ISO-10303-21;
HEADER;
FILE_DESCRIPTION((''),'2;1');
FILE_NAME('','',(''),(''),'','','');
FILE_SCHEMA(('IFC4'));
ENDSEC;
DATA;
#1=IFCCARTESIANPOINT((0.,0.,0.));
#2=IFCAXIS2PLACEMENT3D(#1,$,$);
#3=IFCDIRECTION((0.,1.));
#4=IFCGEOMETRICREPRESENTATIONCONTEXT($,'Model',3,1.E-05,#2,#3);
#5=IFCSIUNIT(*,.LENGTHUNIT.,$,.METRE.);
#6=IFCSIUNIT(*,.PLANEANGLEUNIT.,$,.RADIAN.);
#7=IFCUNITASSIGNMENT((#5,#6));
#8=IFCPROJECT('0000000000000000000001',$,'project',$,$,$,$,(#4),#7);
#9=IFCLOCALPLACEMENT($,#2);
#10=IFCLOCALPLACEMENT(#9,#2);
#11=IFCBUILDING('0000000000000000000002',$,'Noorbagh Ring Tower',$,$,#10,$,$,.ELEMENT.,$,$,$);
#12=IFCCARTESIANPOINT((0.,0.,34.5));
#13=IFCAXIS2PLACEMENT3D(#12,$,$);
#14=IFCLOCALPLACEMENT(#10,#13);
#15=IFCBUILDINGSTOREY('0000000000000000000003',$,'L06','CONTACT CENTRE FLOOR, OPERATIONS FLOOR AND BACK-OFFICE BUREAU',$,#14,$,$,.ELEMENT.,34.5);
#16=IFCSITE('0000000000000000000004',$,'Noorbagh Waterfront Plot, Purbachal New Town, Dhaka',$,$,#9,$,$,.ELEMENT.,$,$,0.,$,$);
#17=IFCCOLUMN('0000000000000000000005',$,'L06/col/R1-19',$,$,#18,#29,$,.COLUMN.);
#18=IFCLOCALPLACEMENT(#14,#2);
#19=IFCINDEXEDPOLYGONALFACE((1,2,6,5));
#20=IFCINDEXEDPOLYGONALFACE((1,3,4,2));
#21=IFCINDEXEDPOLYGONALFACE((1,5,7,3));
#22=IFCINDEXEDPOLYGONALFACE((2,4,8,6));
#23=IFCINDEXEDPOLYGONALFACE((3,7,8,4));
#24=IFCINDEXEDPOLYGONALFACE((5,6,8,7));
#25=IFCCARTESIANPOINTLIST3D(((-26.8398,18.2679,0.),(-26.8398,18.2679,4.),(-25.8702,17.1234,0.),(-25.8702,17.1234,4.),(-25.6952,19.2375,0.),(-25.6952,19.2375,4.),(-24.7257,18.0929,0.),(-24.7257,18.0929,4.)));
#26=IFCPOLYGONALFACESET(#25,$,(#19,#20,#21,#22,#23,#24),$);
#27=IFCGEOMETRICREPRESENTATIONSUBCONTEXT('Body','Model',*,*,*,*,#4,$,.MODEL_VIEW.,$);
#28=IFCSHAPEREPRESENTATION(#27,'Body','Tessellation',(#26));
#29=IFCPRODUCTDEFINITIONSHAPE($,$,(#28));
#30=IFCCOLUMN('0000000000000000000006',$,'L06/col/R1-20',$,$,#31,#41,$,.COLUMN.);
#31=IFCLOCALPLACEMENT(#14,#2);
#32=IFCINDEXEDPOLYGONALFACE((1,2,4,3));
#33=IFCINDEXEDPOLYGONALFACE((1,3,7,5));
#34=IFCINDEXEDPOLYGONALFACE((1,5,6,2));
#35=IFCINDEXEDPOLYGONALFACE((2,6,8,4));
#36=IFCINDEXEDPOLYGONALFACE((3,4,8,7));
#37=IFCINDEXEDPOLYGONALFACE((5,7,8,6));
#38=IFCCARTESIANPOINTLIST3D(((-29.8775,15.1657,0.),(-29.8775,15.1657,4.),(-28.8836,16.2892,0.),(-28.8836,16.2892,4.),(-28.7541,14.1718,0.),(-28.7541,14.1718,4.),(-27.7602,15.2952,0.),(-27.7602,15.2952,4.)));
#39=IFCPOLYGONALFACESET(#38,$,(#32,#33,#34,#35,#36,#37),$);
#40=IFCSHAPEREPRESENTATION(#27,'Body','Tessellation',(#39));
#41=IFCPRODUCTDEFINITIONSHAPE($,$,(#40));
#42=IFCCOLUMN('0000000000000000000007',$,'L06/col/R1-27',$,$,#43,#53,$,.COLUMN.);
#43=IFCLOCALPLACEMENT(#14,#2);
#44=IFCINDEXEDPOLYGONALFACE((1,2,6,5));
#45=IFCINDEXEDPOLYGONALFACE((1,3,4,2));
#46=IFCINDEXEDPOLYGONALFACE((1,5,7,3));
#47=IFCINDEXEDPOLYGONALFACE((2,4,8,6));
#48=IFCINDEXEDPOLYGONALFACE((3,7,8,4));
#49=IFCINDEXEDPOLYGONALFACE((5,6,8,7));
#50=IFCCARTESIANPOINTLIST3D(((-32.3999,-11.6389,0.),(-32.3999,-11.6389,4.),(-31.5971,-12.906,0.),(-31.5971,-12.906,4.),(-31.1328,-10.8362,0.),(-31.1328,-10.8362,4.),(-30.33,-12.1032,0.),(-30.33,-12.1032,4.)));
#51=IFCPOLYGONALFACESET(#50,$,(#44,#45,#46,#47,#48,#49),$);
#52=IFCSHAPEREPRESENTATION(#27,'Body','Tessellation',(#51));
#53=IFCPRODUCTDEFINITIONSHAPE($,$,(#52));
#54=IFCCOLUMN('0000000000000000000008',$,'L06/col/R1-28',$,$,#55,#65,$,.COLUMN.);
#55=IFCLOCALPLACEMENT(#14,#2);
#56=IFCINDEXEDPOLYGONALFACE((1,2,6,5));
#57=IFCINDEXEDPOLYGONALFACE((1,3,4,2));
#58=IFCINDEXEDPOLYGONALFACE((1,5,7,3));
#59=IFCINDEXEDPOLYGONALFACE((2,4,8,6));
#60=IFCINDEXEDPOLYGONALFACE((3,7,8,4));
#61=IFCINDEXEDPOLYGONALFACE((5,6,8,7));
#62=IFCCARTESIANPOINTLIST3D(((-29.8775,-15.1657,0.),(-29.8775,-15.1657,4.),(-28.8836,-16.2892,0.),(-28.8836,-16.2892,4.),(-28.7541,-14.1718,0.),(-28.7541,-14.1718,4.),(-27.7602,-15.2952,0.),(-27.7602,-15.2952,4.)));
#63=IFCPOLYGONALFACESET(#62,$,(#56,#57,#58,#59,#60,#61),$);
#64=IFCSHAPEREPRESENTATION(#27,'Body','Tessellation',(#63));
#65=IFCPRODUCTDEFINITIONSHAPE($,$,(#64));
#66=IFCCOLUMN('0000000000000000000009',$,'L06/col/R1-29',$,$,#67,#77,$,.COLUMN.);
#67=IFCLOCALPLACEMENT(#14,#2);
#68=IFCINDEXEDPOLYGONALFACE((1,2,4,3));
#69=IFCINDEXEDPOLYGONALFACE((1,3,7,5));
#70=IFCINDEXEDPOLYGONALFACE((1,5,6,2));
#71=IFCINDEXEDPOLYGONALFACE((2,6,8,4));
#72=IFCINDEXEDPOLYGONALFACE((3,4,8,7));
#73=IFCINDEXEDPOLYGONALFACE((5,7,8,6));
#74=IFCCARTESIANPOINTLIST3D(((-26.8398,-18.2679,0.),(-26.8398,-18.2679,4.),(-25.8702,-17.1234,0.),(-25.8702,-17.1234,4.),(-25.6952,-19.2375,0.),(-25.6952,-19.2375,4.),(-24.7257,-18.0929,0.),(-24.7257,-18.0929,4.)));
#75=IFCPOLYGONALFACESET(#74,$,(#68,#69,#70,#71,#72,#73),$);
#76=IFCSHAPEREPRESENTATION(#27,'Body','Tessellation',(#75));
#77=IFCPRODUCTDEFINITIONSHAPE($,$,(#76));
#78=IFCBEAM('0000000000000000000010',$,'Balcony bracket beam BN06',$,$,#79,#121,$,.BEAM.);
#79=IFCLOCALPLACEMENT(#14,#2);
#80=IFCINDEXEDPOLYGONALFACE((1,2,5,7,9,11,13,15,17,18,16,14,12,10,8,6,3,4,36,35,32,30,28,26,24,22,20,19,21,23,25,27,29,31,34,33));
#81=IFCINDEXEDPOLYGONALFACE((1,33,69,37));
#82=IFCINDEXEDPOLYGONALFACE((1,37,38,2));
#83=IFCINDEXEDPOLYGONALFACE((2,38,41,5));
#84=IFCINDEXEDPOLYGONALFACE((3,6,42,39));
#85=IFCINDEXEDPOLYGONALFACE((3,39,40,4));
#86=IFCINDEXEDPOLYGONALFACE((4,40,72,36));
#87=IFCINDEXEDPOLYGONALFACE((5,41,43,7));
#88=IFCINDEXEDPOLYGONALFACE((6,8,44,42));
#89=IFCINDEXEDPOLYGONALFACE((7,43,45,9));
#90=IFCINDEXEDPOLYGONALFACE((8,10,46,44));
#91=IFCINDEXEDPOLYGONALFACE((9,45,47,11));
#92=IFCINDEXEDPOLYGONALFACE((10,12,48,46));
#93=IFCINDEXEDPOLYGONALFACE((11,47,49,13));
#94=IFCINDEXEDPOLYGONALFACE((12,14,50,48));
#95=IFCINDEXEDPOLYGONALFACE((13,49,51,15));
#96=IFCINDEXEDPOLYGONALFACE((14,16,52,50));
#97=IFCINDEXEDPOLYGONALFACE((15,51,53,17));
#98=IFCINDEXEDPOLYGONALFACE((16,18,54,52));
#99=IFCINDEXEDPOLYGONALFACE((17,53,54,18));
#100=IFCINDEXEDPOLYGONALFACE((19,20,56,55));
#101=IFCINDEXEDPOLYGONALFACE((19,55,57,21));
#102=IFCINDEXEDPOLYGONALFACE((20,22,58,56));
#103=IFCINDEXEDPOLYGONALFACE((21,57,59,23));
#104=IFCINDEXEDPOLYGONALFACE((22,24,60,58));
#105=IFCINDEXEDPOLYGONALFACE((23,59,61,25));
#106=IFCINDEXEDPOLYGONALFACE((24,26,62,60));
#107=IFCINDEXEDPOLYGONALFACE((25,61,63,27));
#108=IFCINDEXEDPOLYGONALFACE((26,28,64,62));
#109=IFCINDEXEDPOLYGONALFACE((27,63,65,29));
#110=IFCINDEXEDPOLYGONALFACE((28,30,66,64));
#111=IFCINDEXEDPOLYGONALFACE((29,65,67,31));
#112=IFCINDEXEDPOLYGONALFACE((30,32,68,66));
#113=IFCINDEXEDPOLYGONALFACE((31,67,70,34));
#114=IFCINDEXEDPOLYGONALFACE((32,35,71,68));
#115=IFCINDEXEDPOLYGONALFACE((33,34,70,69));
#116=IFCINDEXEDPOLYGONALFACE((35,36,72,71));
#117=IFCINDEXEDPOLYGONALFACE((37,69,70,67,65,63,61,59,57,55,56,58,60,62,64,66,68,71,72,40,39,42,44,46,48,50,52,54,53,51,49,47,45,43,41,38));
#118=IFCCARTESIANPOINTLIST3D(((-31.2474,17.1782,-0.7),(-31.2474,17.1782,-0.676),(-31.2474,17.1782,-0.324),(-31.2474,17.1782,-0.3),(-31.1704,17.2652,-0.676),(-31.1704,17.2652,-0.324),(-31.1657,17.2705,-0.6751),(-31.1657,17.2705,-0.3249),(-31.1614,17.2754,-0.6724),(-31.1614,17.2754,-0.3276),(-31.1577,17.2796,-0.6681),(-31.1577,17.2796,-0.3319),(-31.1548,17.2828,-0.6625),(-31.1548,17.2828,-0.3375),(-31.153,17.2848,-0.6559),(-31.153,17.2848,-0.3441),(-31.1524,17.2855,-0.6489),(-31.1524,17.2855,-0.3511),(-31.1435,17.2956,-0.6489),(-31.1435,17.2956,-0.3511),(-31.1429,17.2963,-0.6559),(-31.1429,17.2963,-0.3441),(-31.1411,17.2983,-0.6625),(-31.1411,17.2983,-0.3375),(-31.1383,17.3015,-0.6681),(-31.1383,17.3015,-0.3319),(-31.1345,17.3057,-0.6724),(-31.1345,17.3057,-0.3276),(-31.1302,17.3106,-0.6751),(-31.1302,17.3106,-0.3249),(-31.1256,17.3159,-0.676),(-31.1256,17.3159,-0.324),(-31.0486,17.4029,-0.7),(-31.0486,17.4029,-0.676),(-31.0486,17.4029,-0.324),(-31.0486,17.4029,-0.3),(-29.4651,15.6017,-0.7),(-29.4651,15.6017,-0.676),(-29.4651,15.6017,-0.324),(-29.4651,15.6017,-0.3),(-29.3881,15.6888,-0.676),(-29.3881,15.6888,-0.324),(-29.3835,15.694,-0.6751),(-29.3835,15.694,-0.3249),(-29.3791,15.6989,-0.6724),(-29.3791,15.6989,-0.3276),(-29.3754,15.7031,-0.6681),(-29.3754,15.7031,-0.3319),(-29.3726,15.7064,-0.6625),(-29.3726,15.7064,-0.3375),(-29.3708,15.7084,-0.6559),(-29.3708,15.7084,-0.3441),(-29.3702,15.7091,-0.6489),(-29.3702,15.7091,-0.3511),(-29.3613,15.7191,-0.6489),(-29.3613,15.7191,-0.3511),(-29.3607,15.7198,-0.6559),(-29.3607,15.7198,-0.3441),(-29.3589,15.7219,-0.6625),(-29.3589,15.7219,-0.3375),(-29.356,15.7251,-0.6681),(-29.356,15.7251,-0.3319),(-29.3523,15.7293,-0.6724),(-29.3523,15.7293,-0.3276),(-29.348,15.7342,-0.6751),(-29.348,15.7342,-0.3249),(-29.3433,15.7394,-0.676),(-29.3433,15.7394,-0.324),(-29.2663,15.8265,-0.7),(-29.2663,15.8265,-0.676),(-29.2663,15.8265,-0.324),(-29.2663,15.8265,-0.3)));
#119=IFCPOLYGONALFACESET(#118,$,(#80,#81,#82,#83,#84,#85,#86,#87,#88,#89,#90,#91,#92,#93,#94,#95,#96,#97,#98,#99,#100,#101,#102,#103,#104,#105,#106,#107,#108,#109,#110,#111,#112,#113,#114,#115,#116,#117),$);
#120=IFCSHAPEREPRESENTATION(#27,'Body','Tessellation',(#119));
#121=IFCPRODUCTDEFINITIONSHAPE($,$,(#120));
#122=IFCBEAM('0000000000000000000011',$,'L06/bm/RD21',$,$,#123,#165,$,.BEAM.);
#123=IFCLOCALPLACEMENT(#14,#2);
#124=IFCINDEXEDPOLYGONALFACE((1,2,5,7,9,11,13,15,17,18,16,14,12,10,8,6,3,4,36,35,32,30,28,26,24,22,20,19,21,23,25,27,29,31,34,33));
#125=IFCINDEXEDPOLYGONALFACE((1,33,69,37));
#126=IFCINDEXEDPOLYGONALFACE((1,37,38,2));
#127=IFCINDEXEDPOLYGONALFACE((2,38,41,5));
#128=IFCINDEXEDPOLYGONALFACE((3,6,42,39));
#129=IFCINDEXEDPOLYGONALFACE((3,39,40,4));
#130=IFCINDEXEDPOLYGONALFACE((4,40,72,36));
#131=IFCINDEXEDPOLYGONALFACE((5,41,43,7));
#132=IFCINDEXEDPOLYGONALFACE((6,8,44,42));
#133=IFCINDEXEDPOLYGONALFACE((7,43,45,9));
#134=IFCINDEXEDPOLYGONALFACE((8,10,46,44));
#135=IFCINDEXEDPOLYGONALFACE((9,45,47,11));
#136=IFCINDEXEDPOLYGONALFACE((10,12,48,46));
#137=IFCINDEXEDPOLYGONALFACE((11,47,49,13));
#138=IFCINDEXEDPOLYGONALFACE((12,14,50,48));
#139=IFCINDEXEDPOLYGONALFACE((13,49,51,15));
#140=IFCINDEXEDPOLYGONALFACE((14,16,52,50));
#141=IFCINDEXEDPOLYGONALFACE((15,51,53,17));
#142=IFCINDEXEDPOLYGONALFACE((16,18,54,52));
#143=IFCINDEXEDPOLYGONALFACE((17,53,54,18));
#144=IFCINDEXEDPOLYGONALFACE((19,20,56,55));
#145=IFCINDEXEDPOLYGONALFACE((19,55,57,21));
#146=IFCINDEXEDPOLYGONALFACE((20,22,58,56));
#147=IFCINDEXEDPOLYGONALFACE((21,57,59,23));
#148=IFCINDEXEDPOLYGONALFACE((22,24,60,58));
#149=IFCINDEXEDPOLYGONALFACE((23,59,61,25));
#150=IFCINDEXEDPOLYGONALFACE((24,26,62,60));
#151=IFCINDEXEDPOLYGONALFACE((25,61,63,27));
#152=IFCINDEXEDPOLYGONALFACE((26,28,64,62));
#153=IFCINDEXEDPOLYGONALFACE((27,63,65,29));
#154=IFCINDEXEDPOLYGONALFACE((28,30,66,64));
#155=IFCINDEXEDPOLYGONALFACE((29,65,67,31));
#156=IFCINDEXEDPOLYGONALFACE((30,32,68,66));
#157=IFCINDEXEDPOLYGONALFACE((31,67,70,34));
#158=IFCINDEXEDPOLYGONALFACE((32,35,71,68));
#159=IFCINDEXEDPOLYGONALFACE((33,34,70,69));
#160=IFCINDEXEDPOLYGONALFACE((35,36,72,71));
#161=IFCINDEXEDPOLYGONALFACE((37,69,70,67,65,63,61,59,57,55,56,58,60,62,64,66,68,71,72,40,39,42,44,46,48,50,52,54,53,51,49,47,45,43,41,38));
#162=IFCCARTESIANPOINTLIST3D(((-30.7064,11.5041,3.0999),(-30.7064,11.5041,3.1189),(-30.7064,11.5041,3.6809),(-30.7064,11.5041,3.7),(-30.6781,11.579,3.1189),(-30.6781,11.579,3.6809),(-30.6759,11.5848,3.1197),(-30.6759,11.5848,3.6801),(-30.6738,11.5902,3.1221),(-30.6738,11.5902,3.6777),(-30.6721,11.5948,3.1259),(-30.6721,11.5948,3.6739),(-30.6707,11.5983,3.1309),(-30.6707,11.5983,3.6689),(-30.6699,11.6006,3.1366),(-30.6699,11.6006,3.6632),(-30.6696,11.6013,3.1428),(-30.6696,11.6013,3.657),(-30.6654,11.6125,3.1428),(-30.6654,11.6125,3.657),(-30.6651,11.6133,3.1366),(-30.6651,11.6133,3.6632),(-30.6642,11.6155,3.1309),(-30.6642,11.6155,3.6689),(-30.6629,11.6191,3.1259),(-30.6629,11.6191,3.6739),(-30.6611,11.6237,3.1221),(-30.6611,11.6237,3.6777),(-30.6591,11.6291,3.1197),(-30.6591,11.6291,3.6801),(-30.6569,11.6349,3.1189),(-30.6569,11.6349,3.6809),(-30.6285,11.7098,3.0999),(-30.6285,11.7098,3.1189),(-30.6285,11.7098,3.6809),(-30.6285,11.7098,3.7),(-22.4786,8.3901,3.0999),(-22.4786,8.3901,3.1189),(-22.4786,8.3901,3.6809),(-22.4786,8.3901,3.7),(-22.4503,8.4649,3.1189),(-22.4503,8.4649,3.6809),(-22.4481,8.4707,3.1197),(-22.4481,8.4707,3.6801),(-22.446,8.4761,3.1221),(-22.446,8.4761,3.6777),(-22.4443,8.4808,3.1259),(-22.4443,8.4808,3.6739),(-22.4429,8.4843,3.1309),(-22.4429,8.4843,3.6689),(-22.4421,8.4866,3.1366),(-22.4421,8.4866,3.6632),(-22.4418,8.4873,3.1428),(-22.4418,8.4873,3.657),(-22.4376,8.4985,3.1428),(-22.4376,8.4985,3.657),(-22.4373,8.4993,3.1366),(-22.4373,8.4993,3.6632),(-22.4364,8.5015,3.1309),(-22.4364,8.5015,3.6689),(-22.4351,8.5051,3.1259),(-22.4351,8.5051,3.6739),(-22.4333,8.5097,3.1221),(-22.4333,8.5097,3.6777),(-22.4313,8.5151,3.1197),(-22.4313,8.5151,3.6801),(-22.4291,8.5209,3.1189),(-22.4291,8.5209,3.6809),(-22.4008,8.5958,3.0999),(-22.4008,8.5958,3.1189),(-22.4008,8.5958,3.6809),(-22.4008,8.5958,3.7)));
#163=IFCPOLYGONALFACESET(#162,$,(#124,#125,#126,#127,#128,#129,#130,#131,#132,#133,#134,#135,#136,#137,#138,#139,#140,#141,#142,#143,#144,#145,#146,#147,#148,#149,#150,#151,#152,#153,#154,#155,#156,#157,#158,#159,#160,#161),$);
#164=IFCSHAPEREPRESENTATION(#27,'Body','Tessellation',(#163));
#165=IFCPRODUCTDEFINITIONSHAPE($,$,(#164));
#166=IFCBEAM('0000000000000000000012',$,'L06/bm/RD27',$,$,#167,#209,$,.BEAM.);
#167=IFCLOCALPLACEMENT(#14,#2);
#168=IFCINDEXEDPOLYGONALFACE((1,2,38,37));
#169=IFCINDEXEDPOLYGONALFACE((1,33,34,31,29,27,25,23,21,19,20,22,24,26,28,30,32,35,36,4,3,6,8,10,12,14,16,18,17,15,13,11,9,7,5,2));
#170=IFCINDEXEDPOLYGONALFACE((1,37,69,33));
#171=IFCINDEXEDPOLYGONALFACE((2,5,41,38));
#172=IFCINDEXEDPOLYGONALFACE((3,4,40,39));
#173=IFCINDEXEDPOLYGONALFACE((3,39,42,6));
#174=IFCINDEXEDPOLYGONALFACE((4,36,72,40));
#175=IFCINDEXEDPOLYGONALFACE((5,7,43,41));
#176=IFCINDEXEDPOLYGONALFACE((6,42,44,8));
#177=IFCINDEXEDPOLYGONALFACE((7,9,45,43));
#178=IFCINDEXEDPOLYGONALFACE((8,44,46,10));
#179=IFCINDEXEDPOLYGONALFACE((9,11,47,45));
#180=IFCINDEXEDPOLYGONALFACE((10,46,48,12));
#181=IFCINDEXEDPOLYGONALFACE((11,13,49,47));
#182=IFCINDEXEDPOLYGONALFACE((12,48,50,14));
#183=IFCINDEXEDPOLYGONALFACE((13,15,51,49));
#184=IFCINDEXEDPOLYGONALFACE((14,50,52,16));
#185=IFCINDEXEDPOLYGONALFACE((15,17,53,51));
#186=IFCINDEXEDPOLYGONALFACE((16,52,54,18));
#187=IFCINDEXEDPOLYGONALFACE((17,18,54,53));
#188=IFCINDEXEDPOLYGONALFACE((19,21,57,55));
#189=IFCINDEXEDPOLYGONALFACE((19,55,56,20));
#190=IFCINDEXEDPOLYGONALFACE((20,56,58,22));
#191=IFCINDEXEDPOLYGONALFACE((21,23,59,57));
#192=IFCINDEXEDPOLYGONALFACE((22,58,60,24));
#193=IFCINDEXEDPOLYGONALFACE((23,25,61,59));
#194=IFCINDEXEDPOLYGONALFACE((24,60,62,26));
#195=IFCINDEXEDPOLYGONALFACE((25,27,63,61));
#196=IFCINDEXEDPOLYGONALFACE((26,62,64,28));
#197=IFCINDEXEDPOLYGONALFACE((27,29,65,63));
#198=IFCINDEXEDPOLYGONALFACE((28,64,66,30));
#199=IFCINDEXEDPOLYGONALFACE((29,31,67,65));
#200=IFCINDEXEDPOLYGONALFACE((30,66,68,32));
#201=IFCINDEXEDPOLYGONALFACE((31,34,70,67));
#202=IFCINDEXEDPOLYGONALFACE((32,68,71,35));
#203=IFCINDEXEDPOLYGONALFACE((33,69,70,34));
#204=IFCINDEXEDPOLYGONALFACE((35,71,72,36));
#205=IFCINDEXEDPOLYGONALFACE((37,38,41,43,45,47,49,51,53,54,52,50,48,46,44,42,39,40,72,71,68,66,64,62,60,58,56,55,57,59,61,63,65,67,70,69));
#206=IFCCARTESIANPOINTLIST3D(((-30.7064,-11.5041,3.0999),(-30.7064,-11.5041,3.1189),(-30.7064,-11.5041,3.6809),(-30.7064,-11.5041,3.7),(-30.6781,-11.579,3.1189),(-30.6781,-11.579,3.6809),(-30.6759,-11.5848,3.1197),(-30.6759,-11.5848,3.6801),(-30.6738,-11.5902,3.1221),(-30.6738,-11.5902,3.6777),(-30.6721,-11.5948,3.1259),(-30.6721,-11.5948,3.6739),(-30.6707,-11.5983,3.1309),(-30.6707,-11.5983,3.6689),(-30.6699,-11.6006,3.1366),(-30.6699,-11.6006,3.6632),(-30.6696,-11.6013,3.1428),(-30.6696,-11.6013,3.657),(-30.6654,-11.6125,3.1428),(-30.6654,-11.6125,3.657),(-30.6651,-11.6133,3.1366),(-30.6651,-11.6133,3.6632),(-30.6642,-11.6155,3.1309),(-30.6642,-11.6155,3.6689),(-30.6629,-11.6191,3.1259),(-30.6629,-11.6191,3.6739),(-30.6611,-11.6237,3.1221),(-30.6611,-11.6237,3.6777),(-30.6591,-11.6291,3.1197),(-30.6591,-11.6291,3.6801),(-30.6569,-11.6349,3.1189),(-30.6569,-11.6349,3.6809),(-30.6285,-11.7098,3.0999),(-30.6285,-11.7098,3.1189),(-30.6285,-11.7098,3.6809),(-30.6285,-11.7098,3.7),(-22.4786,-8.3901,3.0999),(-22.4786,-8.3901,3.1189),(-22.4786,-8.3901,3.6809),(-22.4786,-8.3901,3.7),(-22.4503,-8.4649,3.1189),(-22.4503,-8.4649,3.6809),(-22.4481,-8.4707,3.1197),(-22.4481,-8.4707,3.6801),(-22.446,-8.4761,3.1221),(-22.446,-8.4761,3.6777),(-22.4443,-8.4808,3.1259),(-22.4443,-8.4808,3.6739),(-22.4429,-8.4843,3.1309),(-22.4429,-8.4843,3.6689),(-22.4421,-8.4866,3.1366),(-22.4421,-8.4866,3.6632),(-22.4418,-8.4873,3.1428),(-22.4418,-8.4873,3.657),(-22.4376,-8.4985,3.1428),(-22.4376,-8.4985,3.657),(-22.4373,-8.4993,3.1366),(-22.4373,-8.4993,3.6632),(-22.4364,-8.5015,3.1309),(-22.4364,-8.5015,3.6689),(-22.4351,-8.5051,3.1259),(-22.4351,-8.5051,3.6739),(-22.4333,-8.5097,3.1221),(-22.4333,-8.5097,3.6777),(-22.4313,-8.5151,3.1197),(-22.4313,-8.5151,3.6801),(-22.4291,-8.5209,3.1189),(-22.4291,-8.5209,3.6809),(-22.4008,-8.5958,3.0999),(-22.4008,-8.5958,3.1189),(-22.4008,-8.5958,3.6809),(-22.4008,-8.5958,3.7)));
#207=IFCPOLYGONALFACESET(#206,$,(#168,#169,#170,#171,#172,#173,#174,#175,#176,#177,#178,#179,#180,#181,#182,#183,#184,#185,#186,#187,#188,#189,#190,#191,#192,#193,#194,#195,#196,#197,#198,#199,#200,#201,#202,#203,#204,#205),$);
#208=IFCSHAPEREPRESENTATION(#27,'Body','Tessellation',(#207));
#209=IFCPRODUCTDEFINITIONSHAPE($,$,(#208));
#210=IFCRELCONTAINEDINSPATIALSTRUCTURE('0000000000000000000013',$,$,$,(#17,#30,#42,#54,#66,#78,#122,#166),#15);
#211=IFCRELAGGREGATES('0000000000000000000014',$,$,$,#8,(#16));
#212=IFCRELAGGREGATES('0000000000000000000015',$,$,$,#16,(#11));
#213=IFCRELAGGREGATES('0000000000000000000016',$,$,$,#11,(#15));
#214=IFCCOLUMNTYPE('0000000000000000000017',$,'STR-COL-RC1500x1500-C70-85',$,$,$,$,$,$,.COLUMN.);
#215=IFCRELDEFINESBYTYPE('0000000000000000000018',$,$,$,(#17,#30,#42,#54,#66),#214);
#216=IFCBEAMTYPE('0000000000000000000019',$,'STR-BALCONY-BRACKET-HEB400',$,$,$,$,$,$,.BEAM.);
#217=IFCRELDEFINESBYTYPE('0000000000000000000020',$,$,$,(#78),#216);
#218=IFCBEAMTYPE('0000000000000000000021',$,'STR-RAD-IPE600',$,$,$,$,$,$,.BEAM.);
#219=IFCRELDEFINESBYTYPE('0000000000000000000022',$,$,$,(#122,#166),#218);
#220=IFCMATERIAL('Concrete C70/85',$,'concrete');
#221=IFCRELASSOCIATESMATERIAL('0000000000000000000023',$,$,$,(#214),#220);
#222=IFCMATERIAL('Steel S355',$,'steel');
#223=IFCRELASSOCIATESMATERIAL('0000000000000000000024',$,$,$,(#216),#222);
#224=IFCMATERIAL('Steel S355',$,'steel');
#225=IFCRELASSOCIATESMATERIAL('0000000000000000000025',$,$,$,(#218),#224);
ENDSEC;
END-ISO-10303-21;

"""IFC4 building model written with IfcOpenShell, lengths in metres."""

from ifc_helpers import new_model, si_unit, direction, frame, origin, origin_2d, place, context, subcontext, project, spatial, rectangle, i_section, extrude, material, material_profile, profile_set, type_object, element, save


model = new_model("IFC4")

# Units and contexts
model_context = context("Model", 3, precision=1e-05, world=origin(), true_north=direction((0.0, 1.0)))
body_context = subcontext(model_context, "Body", "Model", "MODEL_VIEW")
ifc_project = project(units=[si_unit("LENGTHUNIT", "METRE"), si_unit("PLANEANGLEUNIT", "RADIAN")], contexts=[model_context])

# Site, building, storey
site_placement = place(None, origin())
site = spatial("IfcSite", under=ifc_project, at=site_placement, Name="Noorbagh Waterfront Plot, Purbachal New Town, Dhaka", CompositionType="ELEMENT", RefElevation=0.0)
building_placement = place(site_placement, origin())
building = spatial("IfcBuilding", under=site, at=building_placement, Name="Noorbagh Ring Tower", CompositionType="ELEMENT")
storey_placement = place(building_placement, frame((0.0, 0.0, 34.5)))
storey = spatial("IfcBuildingStorey", under=building, at=storey_placement, Name="L06", Description="CONTACT CENTRE FLOOR, OPERATIONS FLOOR AND BACK-OFFICE BUREAU", CompositionType="ELEMENT", Elevation=34.5)

# Columns
ifc_material_1 = material(Name="Concrete C70/85", Category="concrete")
ifc_material_profile_1 = material_profile(ifc_material_1, rectangle(XDim=1.5, YDim=1.5, at=origin_2d()), Name="RC1500x1500")
ifc_profile_set_1 = profile_set([ifc_material_profile_1], Name="Concrete C70/85")
column_type = type_object("IfcColumnType", Name="STR-COL-RC1500x1500-C70-85", PredefinedType="COLUMN", material=ifc_profile_set_1)
for number, where, z_axis, x_axis, name in (
    (1, (-25.7827, 18.1804, 0.0), (0.0, 0.0, 1.0), (-0.763035, -0.646357, 0.0), "L06/col/R1-19"),
    (2, (-28.8188, 15.2305, 0.0), (0.0, 0.0, 1.0), (-0.662636, -0.748942, 0.0), "L06/col/R1-20"),
    (3, (-31.365, -11.8711, 0.0), (0.0, 0.0, 1.0), (0.53519, -0.844731, 0.0), "L06/col/R1-27"),
    (4, (-28.8188, -15.2305, 0.0), (0.0, 0.0, 1.0), (0.662636, -0.748942, 0.0), "L06/col/R1-28"),
    (5, (-25.7827, -18.1804, 0.0), (0.0, 0.0, 1.0), (0.763035, -0.646357, 0.0), "L06/col/R1-29"),
):
    element("IfcColumn", number, at=place(storey_placement, frame(where, z_axis=z_axis, x_axis=x_axis)), inside=storey, type_object=column_type, Name=name, PredefinedType="COLUMN", context=body_context, shape_type="SweptSolid", body=[
        extrude(rectangle(XDim=1.5, YDim=1.5, at=origin_2d()), origin(), (0.0, 0.0, 1.0), 4.0),
    ])

# Beams
ifc_material_2 = material(Name="Steel S355", Category="steel")
ifc_material_profile_2 = material_profile(ifc_material_2, i_section(OverallWidth=0.3, OverallDepth=0.3999, WebThickness=0.0134, FlangeThickness=0.0239, FilletRadius=0.0271, at=origin_2d()), Name="HEB400")
ifc_profile_set_2 = profile_set([ifc_material_profile_2], Name="Steel S355")
beam_type_1 = type_object("IfcBeamType", Name="STR-BALCONY-BRACKET-HEB400", PredefinedType="BEAM", material=ifc_profile_set_2)
beam_placement = place(storey_placement, frame((-29.3657, 15.7141, -0.5), z_axis=(-0.749032, 0.662534, 0.0), x_axis=(-0.662534, -0.749032, 0.0)))
element("IfcBeam", 6, at=beam_placement, inside=storey, type_object=beam_type_1, Name="Balcony bracket beam BN06", PredefinedType="BEAM", context=body_context, shape_type="SweptSolid", body=[
    extrude(i_section(OverallWidth=0.3, OverallDepth=0.3999, WebThickness=0.0134, FlangeThickness=0.0239, FilletRadius=0.0271, at=origin_2d()), origin(), (0.0, 0.0, 1.0), 2.3794),
])
ifc_material_3 = material(Name="Steel S355", Category="steel")
ifc_material_profile_3 = material_profile(ifc_material_3, i_section(OverallWidth=0.22, OverallDepth=0.6001, WebThickness=0.012, FlangeThickness=0.019, FilletRadius=0.0239, at=origin_2d()), Name="IPE600")
ifc_profile_set_3 = profile_set([ifc_material_profile_3], Name="Steel S355")
beam_type_2 = type_object("IfcBeamType", Name="STR-RAD-IPE600", PredefinedType="BEAM", material=ifc_profile_set_3)
for number, where, z_axis, x_axis, name in (
    (7, (-30.6675, 11.6069, 3.3999), (0.935256, -0.353971, 0.0), (0.353971, 0.935256, 0.0), "L06/bm/RD21"),
    (8, (-30.6675, -11.6069, 3.3999), (0.935256, 0.353971, 0.0), (-0.353971, 0.935256, 0.0), "L06/bm/RD27"),
):
    element("IfcBeam", number, at=place(storey_placement, frame(where, z_axis=z_axis, x_axis=x_axis)), inside=storey, type_object=beam_type_2, Name=name, PredefinedType="BEAM", context=body_context, shape_type="SweptSolid", body=[
        extrude(i_section(OverallWidth=0.22, OverallDepth=0.6001, WebThickness=0.012, FlangeThickness=0.019, FilletRadius=0.0239, at=origin_2d()), origin(), (0.0, 0.0, 1.0), 8.7974),
    ])

save(model, "model.ifc")
